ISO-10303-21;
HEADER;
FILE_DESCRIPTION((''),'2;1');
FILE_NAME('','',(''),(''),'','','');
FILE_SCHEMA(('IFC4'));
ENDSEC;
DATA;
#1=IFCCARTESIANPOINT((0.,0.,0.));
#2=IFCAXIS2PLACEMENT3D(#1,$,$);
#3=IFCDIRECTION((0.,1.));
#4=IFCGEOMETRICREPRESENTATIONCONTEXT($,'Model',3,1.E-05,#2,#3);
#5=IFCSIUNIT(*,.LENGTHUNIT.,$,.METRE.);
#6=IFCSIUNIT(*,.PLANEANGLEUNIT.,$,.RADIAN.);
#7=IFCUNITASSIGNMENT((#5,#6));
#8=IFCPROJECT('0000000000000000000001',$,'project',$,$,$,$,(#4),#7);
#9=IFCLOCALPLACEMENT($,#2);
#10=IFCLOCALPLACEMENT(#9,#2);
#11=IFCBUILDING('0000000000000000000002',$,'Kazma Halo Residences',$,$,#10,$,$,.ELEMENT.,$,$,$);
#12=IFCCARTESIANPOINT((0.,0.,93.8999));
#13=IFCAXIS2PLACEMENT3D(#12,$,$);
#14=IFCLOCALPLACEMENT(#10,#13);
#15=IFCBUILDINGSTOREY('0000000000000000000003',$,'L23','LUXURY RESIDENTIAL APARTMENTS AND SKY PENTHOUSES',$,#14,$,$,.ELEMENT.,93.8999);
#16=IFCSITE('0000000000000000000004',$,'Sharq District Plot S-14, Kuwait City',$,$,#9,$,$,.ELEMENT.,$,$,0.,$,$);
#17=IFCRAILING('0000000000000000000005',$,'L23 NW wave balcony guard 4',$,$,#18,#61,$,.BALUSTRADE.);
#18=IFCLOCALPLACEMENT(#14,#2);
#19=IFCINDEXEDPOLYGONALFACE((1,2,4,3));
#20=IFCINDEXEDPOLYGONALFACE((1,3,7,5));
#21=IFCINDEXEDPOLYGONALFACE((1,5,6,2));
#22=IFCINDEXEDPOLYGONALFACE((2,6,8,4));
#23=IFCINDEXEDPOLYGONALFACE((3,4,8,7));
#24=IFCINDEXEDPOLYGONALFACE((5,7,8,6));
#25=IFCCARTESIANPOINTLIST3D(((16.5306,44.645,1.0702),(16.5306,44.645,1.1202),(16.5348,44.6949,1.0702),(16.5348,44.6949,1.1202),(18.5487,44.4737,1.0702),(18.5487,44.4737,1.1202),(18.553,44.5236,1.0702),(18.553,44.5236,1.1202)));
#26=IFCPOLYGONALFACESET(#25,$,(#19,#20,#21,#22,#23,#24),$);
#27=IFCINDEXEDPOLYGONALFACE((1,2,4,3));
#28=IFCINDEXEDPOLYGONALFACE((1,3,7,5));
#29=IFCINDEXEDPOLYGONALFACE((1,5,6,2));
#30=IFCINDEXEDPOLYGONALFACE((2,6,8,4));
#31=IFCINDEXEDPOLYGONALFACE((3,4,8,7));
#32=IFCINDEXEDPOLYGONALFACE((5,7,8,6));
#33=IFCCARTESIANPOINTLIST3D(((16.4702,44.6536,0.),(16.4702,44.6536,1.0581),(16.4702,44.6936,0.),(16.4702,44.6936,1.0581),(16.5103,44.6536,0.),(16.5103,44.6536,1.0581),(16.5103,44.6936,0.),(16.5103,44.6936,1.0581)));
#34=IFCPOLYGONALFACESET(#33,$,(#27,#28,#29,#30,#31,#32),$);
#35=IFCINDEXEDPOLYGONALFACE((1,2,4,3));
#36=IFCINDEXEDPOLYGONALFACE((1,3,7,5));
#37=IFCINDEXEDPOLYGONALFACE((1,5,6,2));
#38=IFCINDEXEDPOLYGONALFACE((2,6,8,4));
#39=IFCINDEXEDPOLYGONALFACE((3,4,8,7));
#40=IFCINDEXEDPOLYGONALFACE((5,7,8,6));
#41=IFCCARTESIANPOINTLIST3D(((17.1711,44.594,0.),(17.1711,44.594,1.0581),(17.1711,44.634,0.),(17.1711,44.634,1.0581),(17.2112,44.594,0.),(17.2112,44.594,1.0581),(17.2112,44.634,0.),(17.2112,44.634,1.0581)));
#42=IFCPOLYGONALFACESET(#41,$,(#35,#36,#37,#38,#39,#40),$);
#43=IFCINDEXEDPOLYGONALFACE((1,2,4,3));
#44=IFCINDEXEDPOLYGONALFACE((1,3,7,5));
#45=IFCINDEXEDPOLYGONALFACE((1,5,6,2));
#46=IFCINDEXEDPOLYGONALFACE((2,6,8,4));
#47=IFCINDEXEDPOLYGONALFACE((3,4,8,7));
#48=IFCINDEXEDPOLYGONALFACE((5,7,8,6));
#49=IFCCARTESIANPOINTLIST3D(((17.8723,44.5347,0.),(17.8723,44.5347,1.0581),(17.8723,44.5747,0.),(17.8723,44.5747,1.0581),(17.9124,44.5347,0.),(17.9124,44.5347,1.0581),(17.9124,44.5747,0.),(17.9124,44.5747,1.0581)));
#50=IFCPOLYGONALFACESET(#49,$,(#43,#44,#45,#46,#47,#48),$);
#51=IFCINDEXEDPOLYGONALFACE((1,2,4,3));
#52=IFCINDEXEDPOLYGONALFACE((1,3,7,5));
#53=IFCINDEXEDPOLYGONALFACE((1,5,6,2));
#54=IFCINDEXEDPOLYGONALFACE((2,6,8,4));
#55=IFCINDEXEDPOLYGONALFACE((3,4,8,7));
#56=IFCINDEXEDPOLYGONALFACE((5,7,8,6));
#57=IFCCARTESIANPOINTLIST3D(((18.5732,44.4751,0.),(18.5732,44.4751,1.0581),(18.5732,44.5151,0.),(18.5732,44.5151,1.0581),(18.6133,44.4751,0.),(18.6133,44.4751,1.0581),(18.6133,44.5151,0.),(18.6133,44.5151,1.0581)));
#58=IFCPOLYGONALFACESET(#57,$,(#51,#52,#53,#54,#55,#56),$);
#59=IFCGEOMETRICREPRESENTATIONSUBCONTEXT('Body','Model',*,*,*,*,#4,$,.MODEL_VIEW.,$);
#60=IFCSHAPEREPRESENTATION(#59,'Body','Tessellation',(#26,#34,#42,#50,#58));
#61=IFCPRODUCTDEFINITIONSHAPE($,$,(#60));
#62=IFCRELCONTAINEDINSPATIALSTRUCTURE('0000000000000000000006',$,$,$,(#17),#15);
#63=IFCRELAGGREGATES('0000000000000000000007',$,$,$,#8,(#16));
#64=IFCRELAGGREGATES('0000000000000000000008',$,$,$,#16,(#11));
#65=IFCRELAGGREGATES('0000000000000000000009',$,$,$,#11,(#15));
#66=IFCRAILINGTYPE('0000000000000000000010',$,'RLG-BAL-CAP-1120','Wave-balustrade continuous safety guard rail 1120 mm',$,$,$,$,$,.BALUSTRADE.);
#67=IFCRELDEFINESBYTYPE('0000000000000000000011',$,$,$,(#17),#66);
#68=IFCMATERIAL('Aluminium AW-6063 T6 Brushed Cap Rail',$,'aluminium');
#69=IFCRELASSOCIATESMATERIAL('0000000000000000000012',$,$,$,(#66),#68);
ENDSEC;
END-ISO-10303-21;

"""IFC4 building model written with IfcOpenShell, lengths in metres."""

from ifc_helpers import new_model, si_unit, direction, frame, origin, origin_2d, place, context, subcontext, project, spatial, rectangle, extrude, material, type_object, element, save


model = new_model("IFC4")

# Units and contexts
model_context = context("Model", 3, precision=1e-05, world=origin(), true_north=direction((0.0, 1.0)))
body_context = subcontext(model_context, "Body", "Model", "MODEL_VIEW")
ifc_project = project(units=[si_unit("LENGTHUNIT", "METRE"), si_unit("PLANEANGLEUNIT", "RADIAN")], contexts=[model_context])

# Site, building, storey
site_placement = place(None, origin())
site = spatial("IfcSite", under=ifc_project, at=site_placement, Name="Sharq District Plot S-14, Kuwait City", CompositionType="ELEMENT", RefElevation=0.0)
building_placement = place(site_placement, origin())
building = spatial("IfcBuilding", under=site, at=building_placement, Name="Kazma Halo Residences", CompositionType="ELEMENT")
storey_placement = place(building_placement, frame((0.0, 0.0, 93.8999)))
storey = spatial("IfcBuildingStorey", under=building, at=storey_placement, Name="L23", Description="LUXURY RESIDENTIAL APARTMENTS AND SKY PENTHOUSES", CompositionType="ELEMENT", Elevation=93.8999)

# Railing
ifc_material_1 = material(Name="Aluminium AW-6063 T6 Brushed Cap Rail", Category="aluminium")
railing_type = type_object("IfcRailingType", Name="RLG-BAL-CAP-1120", Description="Wave-balustrade continuous safety guard rail 1120 mm", PredefinedType="BALUSTRADE", material=ifc_material_1)
railing_placement = place(storey_placement, frame((16.4902, 44.6736, 0.0)))
element("IfcRailing", 1, at=railing_placement, inside=storey, type_object=railing_type, Name="L23 NW wave balcony guard 4", PredefinedType="BALUSTRADE", context=body_context, shape_type="SweptSolid", body=[
    extrude(rectangle(XDim=0.05, YDim=0.05, at=origin_2d()), frame((0.0425, -0.0037, 1.0952), z_axis=(0.996419, -0.084558, 0.0), x_axis=(0.084558, 0.996419, 0.0)), (0.0, 0.0, 1.0), 2.0254),
    extrude(rectangle(XDim=0.04, YDim=0.04, at=origin_2d()), origin(), (0.0, 0.0, 1.0), 1.0581),
    extrude(rectangle(XDim=0.04, YDim=0.04, at=origin_2d()), frame((0.7009, -0.0596, 0.0)), (0.0, 0.0, 1.0), 1.0581),
    extrude(rectangle(XDim=0.04, YDim=0.04, at=origin_2d()), frame((1.4021, -0.1189, 0.0)), (0.0, 0.0, 1.0), 1.0581),
    extrude(rectangle(XDim=0.04, YDim=0.04, at=origin_2d()), frame((2.103, -0.1785, 0.0)), (0.0, 0.0, 1.0), 1.0581),
])

save(model, "model.ifc")
